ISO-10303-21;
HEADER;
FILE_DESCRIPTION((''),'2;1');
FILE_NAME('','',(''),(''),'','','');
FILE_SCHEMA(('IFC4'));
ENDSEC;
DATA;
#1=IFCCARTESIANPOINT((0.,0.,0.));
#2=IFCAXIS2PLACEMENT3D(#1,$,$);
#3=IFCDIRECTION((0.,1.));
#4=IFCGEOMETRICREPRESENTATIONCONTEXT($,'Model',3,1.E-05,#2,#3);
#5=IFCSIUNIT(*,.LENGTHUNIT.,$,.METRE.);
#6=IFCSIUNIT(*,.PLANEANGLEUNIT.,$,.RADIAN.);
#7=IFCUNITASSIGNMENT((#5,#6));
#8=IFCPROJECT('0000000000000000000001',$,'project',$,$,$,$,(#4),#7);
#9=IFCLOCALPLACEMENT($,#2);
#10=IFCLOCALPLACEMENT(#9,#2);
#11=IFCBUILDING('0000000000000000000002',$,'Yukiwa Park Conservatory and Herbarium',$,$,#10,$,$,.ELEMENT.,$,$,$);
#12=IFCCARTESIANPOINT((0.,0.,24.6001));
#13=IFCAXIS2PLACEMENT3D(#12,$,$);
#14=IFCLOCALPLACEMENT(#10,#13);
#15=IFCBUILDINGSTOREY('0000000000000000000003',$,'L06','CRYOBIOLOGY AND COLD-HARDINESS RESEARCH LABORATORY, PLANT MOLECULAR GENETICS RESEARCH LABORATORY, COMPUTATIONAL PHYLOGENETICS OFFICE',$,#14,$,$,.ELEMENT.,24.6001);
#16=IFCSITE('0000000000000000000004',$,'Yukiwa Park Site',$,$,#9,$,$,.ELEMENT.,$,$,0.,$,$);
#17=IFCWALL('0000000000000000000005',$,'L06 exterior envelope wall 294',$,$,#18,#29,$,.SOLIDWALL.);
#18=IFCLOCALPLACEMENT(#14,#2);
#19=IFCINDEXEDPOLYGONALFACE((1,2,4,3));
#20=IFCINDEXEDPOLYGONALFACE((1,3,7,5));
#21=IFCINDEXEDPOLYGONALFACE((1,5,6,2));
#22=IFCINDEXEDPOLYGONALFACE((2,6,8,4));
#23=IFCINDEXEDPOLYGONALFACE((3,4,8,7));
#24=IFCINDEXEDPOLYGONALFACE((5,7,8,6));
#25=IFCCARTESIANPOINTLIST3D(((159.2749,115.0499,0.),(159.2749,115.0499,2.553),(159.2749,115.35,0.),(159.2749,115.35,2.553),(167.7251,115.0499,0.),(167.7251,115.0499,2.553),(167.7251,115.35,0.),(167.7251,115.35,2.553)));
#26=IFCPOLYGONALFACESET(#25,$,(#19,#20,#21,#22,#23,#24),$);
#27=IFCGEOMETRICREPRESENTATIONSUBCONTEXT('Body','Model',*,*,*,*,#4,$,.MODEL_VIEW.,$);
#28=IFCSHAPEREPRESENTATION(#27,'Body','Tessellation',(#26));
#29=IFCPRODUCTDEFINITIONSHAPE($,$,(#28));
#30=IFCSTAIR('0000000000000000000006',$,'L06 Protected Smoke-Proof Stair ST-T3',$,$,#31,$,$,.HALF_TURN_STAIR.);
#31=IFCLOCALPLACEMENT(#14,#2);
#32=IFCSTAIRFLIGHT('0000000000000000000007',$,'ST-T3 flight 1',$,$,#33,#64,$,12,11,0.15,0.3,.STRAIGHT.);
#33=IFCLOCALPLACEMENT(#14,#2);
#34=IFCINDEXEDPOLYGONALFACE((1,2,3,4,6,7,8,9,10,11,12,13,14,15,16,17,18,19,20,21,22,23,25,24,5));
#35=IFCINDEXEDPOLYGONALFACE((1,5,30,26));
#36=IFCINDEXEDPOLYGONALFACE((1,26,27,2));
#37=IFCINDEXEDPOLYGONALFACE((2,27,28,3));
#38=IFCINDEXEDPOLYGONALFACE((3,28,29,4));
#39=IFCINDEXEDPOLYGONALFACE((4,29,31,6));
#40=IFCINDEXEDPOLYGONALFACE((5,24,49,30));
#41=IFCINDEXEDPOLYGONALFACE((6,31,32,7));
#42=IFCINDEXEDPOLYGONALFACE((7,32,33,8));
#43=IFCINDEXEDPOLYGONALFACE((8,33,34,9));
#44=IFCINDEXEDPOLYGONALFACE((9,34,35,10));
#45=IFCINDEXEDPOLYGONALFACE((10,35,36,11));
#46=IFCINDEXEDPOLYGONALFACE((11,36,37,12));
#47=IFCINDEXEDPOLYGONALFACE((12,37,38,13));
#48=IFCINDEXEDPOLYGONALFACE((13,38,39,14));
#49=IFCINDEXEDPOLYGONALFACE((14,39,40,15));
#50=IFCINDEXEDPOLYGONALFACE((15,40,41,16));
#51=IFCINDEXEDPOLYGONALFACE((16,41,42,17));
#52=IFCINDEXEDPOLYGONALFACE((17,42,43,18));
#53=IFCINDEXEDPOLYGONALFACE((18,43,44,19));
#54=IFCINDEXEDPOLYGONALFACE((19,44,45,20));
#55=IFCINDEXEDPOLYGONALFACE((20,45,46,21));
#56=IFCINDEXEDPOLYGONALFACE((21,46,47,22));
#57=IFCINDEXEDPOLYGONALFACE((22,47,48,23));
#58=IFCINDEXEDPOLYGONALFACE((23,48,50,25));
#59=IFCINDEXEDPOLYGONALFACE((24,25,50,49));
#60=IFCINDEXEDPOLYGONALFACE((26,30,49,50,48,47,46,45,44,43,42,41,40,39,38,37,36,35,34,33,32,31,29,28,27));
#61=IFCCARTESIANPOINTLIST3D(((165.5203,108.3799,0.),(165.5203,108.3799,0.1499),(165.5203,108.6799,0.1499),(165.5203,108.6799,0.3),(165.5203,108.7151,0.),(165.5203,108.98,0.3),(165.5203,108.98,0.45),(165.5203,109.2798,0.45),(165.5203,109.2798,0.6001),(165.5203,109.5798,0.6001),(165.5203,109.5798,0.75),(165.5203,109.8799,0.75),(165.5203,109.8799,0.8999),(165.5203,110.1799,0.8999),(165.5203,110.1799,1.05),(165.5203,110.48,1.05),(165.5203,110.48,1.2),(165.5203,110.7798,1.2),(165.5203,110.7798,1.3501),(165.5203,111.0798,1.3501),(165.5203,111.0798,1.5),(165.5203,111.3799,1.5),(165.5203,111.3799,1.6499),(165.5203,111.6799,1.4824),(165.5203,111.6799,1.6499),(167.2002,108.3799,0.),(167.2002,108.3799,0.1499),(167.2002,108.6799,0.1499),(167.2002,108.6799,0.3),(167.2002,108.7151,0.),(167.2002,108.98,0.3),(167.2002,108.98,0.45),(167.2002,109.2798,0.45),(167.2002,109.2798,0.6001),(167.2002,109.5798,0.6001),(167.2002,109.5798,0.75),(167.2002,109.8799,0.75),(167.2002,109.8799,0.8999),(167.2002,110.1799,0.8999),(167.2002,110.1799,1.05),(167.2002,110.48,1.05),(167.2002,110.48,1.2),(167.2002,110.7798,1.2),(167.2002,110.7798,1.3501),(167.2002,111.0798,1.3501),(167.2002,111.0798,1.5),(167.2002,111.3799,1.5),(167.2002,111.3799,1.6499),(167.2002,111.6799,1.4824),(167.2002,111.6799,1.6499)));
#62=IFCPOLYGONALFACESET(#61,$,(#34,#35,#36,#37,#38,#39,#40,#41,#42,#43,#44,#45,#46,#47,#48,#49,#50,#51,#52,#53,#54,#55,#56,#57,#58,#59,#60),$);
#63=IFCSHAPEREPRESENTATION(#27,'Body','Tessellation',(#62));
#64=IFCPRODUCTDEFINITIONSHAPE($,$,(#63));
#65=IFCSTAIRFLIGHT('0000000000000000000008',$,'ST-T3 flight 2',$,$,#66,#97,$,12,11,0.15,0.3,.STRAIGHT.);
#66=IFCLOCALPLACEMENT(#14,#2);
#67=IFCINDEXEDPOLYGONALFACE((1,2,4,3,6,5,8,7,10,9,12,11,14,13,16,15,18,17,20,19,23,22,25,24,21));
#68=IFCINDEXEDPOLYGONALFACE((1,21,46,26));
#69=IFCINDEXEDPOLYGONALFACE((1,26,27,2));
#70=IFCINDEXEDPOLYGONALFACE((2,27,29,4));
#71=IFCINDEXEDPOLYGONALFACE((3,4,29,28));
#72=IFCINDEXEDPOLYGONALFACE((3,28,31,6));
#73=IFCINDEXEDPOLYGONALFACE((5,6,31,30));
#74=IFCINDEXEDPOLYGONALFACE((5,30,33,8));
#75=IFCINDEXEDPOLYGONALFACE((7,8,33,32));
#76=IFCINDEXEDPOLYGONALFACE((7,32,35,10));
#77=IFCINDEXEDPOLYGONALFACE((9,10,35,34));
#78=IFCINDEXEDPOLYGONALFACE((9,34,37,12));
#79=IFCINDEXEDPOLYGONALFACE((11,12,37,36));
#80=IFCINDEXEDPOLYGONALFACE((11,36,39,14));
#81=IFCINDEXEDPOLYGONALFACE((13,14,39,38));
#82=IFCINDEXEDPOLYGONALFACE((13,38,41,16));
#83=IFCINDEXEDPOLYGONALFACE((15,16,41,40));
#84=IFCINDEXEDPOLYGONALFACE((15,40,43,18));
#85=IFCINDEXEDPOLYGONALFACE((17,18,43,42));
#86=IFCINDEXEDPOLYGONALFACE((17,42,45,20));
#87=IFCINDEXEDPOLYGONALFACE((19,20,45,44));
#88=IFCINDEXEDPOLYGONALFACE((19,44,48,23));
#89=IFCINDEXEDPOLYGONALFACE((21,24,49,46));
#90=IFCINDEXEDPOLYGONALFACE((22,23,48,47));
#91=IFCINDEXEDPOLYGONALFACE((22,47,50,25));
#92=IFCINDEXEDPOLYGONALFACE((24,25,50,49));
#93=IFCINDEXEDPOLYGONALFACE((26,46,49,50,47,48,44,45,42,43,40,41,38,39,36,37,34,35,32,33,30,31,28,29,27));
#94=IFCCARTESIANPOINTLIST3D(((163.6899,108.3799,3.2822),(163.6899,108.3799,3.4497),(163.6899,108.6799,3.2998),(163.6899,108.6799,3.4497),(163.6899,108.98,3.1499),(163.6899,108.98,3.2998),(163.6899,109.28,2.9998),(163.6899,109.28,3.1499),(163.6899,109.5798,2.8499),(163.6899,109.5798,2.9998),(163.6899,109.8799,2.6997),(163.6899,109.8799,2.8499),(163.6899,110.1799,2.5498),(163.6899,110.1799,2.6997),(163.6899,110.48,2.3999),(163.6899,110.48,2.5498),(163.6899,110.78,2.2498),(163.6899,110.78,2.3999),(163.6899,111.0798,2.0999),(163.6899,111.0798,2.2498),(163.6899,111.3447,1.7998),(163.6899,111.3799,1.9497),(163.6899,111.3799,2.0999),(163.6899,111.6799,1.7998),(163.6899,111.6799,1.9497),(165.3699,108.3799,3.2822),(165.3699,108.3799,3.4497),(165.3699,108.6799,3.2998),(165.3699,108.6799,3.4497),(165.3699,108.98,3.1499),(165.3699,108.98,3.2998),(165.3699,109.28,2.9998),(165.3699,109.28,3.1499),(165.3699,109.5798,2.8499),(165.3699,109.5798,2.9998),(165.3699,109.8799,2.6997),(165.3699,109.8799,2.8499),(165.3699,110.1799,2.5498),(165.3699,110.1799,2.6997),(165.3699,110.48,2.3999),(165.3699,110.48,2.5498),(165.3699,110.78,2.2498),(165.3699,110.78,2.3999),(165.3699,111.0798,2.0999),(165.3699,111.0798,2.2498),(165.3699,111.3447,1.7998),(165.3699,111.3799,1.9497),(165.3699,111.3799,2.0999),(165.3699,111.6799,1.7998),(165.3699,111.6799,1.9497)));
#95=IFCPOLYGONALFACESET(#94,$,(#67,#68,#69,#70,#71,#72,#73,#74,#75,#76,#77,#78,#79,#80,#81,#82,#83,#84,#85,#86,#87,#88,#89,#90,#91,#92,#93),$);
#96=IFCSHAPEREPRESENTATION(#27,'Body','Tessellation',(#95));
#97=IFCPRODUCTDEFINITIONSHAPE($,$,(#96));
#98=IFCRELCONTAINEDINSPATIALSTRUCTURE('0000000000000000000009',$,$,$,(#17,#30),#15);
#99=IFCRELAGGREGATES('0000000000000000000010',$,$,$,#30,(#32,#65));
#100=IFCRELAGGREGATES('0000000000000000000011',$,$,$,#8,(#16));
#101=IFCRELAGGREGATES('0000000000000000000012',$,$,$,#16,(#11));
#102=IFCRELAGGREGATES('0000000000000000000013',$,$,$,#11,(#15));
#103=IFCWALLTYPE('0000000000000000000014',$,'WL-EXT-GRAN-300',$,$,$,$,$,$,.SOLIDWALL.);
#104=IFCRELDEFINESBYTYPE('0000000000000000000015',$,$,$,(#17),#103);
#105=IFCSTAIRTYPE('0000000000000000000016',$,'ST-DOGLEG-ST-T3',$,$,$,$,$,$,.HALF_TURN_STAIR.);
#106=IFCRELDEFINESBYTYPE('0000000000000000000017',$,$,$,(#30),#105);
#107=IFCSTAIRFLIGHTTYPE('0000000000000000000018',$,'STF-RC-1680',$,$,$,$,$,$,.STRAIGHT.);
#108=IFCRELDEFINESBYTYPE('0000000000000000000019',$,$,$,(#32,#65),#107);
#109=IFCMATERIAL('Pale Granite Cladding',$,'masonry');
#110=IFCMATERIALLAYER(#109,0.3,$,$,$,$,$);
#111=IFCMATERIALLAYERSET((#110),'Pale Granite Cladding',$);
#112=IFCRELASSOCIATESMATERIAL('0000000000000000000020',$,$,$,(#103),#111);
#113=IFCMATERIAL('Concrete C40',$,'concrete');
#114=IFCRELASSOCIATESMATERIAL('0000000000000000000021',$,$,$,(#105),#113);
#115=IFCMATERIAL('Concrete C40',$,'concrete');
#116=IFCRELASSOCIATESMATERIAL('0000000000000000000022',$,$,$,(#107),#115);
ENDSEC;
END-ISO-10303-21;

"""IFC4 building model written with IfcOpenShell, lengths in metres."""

from ifc_helpers import new_model, si_unit, direction, frame, frame_2d, origin, place, context, subcontext, project, spatial, polyline, rectangle, outline, extrude, material, layer, layer_set, type_object, element, aggregate, save


model = new_model("IFC4")

# Units and contexts
model_context = context("Model", 3, precision=1e-05, world=origin(), true_north=direction((0.0, 1.0)))
body_context = subcontext(model_context, "Body", "Model", "MODEL_VIEW")
ifc_project = project(units=[si_unit("LENGTHUNIT", "METRE"), si_unit("PLANEANGLEUNIT", "RADIAN")], contexts=[model_context])

# Site, building, storey
site_placement = place(None, origin())
site = spatial("IfcSite", under=ifc_project, at=site_placement, Name="Yukiwa Park Site", CompositionType="ELEMENT", RefElevation=0.0)
building_placement = place(site_placement, origin())
building = spatial("IfcBuilding", under=site, at=building_placement, Name="Yukiwa Park Conservatory and Herbarium", CompositionType="ELEMENT")
storey_placement = place(building_placement, frame((0.0, 0.0, 24.6001)))
storey = spatial("IfcBuildingStorey", under=building, at=storey_placement, Name="L06", Description="CRYOBIOLOGY AND COLD-HARDINESS RESEARCH LABORATORY, PLANT MOLECULAR GENETICS RESEARCH LABORATORY, COMPUTATIONAL PHYLOGENETICS OFFICE", CompositionType="ELEMENT", Elevation=24.6001)

# Wall
ifc_material_1 = material(Name="Pale Granite Cladding", Category="masonry")
ifc_layer_1 = layer(ifc_material_1, 0.3)
ifc_layer_set_1 = layer_set([ifc_layer_1], Name="Pale Granite Cladding")
wall_type_1 = type_object("IfcWallType", Name="WL-EXT-GRAN-300", PredefinedType="SOLIDWALL", material=ifc_layer_set_1)
wall_1_placement = place(storey_placement, frame((167.7251, 115.2, 0.0), z_axis=(0.0, 0.0, 1.0), x_axis=(-1.0, 0.0, 0.0)))
element("IfcWall", 1, at=wall_1_placement, inside=storey, type_object=wall_type_1, Name="L06 exterior envelope wall 294", PredefinedType="SOLIDWALL", context=body_context, shape_type="SweptSolid", body=[
    extrude(rectangle(XDim=8.4502, YDim=0.3, at=frame_2d((4.2251, 0.0))), origin(), (0.0, 0.0, 1.0), 2.553),
])

# Stair, stair flights
ifc_material_2 = material(Name="Concrete C40", Category="concrete")
stair_type = type_object("IfcStairType", Name="ST-DOGLEG-ST-T3", PredefinedType="HALF_TURN_STAIR", material=ifc_material_2)
stair_placement = place(storey_placement, origin())
stair = element("IfcStair", 2, at=stair_placement, inside=storey, type_object=stair_type, Name="L06 Protected Smoke-Proof Stair ST-T3", PredefinedType="HALF_TURN_STAIR")
ifc_material_3 = material(Name="Concrete C40", Category="concrete")
stair_flight_type = type_object("IfcStairFlightType", Name="STF-RC-1680", PredefinedType="STRAIGHT", material=ifc_material_3)
stair_flight_1_placement = place(storey_placement, frame((166.3601, 108.3799, 0.0), z_axis=(0.0, 0.0, 1.0), x_axis=(0.0, 1.0, 0.0)))
stair_flight_1 = element("IfcStairFlight", 3, at=stair_flight_1_placement, type_object=stair_flight_type, Name="ST-T3 flight 1", NumberOfRisers=12, NumberOfTreads=11, PredefinedType="STRAIGHT", RiserHeight=0.15, TreadLength=0.3, context=body_context, shape_type="SweptSolid", body=[
    extrude(outline(polyline([(0.0, 0.0), (0.0, 0.1499), (0.3, 0.1499), (0.3, 0.3), (0.6001, 0.3), (0.6001, 0.45), (0.8999, 0.45), (0.8999, 0.6001), (1.2, 0.6001), (1.2, 0.75), (1.5, 0.75), (1.5, 0.8999), (1.8, 0.8999), (1.8, 1.05), (2.1001, 1.05), (2.1001, 1.2), (2.3999, 1.2), (2.3999, 1.3501), (2.7, 1.3501), (2.7, 1.5), (3.0, 1.5), (3.0, 1.6499), (3.3, 1.6499), (3.3, 1.8), (3.3, 1.4824), (0.3352, 0.0), (0.0, 0.0)])), frame((0.0, 0.8398, 0.0), z_axis=(0.0, -1.0, 0.0), x_axis=(1.0, 0.0, 0.0)), (0.0, 0.0, 1.0), 1.6799),
])
stair_flight_2_placement = place(storey_placement, frame((164.53, 111.6799, 1.7998), z_axis=(0.0, 0.0, 1.0), x_axis=(0.0, -1.0, 0.0)))
stair_flight_2 = element("IfcStairFlight", 4, at=stair_flight_2_placement, type_object=stair_flight_type, Name="ST-T3 flight 2", NumberOfRisers=12, NumberOfTreads=11, PredefinedType="STRAIGHT", RiserHeight=0.15, TreadLength=0.3, context=body_context, shape_type="SweptSolid", body=[
    extrude(outline(polyline([(0.0, 0.0), (0.0, 0.1499), (0.3, 0.1499), (0.3, 0.3), (0.6001, 0.3), (0.6001, 0.45), (0.8999, 0.45), (0.8999, 0.6001), (1.2, 0.6001), (1.2, 0.75), (1.5, 0.75), (1.5, 0.8999), (1.8, 0.8999), (1.8, 1.05), (2.1001, 1.05), (2.1001, 1.2), (2.3999, 1.2), (2.3999, 1.3501), (2.7, 1.3501), (2.7, 1.5), (3.0, 1.5), (3.0, 1.6499), (3.3, 1.6499), (3.3, 1.8), (3.3, 1.4824), (0.3352, 0.0), (0.0, 0.0)])), frame((0.0, 0.8398, 0.0), z_axis=(0.0, -1.0, 0.0), x_axis=(1.0, 0.0, 0.0)), (0.0, 0.0, 1.0), 1.6799),
])
aggregate(stair, [stair_flight_1, stair_flight_2])

save(model, "model.ifc")
